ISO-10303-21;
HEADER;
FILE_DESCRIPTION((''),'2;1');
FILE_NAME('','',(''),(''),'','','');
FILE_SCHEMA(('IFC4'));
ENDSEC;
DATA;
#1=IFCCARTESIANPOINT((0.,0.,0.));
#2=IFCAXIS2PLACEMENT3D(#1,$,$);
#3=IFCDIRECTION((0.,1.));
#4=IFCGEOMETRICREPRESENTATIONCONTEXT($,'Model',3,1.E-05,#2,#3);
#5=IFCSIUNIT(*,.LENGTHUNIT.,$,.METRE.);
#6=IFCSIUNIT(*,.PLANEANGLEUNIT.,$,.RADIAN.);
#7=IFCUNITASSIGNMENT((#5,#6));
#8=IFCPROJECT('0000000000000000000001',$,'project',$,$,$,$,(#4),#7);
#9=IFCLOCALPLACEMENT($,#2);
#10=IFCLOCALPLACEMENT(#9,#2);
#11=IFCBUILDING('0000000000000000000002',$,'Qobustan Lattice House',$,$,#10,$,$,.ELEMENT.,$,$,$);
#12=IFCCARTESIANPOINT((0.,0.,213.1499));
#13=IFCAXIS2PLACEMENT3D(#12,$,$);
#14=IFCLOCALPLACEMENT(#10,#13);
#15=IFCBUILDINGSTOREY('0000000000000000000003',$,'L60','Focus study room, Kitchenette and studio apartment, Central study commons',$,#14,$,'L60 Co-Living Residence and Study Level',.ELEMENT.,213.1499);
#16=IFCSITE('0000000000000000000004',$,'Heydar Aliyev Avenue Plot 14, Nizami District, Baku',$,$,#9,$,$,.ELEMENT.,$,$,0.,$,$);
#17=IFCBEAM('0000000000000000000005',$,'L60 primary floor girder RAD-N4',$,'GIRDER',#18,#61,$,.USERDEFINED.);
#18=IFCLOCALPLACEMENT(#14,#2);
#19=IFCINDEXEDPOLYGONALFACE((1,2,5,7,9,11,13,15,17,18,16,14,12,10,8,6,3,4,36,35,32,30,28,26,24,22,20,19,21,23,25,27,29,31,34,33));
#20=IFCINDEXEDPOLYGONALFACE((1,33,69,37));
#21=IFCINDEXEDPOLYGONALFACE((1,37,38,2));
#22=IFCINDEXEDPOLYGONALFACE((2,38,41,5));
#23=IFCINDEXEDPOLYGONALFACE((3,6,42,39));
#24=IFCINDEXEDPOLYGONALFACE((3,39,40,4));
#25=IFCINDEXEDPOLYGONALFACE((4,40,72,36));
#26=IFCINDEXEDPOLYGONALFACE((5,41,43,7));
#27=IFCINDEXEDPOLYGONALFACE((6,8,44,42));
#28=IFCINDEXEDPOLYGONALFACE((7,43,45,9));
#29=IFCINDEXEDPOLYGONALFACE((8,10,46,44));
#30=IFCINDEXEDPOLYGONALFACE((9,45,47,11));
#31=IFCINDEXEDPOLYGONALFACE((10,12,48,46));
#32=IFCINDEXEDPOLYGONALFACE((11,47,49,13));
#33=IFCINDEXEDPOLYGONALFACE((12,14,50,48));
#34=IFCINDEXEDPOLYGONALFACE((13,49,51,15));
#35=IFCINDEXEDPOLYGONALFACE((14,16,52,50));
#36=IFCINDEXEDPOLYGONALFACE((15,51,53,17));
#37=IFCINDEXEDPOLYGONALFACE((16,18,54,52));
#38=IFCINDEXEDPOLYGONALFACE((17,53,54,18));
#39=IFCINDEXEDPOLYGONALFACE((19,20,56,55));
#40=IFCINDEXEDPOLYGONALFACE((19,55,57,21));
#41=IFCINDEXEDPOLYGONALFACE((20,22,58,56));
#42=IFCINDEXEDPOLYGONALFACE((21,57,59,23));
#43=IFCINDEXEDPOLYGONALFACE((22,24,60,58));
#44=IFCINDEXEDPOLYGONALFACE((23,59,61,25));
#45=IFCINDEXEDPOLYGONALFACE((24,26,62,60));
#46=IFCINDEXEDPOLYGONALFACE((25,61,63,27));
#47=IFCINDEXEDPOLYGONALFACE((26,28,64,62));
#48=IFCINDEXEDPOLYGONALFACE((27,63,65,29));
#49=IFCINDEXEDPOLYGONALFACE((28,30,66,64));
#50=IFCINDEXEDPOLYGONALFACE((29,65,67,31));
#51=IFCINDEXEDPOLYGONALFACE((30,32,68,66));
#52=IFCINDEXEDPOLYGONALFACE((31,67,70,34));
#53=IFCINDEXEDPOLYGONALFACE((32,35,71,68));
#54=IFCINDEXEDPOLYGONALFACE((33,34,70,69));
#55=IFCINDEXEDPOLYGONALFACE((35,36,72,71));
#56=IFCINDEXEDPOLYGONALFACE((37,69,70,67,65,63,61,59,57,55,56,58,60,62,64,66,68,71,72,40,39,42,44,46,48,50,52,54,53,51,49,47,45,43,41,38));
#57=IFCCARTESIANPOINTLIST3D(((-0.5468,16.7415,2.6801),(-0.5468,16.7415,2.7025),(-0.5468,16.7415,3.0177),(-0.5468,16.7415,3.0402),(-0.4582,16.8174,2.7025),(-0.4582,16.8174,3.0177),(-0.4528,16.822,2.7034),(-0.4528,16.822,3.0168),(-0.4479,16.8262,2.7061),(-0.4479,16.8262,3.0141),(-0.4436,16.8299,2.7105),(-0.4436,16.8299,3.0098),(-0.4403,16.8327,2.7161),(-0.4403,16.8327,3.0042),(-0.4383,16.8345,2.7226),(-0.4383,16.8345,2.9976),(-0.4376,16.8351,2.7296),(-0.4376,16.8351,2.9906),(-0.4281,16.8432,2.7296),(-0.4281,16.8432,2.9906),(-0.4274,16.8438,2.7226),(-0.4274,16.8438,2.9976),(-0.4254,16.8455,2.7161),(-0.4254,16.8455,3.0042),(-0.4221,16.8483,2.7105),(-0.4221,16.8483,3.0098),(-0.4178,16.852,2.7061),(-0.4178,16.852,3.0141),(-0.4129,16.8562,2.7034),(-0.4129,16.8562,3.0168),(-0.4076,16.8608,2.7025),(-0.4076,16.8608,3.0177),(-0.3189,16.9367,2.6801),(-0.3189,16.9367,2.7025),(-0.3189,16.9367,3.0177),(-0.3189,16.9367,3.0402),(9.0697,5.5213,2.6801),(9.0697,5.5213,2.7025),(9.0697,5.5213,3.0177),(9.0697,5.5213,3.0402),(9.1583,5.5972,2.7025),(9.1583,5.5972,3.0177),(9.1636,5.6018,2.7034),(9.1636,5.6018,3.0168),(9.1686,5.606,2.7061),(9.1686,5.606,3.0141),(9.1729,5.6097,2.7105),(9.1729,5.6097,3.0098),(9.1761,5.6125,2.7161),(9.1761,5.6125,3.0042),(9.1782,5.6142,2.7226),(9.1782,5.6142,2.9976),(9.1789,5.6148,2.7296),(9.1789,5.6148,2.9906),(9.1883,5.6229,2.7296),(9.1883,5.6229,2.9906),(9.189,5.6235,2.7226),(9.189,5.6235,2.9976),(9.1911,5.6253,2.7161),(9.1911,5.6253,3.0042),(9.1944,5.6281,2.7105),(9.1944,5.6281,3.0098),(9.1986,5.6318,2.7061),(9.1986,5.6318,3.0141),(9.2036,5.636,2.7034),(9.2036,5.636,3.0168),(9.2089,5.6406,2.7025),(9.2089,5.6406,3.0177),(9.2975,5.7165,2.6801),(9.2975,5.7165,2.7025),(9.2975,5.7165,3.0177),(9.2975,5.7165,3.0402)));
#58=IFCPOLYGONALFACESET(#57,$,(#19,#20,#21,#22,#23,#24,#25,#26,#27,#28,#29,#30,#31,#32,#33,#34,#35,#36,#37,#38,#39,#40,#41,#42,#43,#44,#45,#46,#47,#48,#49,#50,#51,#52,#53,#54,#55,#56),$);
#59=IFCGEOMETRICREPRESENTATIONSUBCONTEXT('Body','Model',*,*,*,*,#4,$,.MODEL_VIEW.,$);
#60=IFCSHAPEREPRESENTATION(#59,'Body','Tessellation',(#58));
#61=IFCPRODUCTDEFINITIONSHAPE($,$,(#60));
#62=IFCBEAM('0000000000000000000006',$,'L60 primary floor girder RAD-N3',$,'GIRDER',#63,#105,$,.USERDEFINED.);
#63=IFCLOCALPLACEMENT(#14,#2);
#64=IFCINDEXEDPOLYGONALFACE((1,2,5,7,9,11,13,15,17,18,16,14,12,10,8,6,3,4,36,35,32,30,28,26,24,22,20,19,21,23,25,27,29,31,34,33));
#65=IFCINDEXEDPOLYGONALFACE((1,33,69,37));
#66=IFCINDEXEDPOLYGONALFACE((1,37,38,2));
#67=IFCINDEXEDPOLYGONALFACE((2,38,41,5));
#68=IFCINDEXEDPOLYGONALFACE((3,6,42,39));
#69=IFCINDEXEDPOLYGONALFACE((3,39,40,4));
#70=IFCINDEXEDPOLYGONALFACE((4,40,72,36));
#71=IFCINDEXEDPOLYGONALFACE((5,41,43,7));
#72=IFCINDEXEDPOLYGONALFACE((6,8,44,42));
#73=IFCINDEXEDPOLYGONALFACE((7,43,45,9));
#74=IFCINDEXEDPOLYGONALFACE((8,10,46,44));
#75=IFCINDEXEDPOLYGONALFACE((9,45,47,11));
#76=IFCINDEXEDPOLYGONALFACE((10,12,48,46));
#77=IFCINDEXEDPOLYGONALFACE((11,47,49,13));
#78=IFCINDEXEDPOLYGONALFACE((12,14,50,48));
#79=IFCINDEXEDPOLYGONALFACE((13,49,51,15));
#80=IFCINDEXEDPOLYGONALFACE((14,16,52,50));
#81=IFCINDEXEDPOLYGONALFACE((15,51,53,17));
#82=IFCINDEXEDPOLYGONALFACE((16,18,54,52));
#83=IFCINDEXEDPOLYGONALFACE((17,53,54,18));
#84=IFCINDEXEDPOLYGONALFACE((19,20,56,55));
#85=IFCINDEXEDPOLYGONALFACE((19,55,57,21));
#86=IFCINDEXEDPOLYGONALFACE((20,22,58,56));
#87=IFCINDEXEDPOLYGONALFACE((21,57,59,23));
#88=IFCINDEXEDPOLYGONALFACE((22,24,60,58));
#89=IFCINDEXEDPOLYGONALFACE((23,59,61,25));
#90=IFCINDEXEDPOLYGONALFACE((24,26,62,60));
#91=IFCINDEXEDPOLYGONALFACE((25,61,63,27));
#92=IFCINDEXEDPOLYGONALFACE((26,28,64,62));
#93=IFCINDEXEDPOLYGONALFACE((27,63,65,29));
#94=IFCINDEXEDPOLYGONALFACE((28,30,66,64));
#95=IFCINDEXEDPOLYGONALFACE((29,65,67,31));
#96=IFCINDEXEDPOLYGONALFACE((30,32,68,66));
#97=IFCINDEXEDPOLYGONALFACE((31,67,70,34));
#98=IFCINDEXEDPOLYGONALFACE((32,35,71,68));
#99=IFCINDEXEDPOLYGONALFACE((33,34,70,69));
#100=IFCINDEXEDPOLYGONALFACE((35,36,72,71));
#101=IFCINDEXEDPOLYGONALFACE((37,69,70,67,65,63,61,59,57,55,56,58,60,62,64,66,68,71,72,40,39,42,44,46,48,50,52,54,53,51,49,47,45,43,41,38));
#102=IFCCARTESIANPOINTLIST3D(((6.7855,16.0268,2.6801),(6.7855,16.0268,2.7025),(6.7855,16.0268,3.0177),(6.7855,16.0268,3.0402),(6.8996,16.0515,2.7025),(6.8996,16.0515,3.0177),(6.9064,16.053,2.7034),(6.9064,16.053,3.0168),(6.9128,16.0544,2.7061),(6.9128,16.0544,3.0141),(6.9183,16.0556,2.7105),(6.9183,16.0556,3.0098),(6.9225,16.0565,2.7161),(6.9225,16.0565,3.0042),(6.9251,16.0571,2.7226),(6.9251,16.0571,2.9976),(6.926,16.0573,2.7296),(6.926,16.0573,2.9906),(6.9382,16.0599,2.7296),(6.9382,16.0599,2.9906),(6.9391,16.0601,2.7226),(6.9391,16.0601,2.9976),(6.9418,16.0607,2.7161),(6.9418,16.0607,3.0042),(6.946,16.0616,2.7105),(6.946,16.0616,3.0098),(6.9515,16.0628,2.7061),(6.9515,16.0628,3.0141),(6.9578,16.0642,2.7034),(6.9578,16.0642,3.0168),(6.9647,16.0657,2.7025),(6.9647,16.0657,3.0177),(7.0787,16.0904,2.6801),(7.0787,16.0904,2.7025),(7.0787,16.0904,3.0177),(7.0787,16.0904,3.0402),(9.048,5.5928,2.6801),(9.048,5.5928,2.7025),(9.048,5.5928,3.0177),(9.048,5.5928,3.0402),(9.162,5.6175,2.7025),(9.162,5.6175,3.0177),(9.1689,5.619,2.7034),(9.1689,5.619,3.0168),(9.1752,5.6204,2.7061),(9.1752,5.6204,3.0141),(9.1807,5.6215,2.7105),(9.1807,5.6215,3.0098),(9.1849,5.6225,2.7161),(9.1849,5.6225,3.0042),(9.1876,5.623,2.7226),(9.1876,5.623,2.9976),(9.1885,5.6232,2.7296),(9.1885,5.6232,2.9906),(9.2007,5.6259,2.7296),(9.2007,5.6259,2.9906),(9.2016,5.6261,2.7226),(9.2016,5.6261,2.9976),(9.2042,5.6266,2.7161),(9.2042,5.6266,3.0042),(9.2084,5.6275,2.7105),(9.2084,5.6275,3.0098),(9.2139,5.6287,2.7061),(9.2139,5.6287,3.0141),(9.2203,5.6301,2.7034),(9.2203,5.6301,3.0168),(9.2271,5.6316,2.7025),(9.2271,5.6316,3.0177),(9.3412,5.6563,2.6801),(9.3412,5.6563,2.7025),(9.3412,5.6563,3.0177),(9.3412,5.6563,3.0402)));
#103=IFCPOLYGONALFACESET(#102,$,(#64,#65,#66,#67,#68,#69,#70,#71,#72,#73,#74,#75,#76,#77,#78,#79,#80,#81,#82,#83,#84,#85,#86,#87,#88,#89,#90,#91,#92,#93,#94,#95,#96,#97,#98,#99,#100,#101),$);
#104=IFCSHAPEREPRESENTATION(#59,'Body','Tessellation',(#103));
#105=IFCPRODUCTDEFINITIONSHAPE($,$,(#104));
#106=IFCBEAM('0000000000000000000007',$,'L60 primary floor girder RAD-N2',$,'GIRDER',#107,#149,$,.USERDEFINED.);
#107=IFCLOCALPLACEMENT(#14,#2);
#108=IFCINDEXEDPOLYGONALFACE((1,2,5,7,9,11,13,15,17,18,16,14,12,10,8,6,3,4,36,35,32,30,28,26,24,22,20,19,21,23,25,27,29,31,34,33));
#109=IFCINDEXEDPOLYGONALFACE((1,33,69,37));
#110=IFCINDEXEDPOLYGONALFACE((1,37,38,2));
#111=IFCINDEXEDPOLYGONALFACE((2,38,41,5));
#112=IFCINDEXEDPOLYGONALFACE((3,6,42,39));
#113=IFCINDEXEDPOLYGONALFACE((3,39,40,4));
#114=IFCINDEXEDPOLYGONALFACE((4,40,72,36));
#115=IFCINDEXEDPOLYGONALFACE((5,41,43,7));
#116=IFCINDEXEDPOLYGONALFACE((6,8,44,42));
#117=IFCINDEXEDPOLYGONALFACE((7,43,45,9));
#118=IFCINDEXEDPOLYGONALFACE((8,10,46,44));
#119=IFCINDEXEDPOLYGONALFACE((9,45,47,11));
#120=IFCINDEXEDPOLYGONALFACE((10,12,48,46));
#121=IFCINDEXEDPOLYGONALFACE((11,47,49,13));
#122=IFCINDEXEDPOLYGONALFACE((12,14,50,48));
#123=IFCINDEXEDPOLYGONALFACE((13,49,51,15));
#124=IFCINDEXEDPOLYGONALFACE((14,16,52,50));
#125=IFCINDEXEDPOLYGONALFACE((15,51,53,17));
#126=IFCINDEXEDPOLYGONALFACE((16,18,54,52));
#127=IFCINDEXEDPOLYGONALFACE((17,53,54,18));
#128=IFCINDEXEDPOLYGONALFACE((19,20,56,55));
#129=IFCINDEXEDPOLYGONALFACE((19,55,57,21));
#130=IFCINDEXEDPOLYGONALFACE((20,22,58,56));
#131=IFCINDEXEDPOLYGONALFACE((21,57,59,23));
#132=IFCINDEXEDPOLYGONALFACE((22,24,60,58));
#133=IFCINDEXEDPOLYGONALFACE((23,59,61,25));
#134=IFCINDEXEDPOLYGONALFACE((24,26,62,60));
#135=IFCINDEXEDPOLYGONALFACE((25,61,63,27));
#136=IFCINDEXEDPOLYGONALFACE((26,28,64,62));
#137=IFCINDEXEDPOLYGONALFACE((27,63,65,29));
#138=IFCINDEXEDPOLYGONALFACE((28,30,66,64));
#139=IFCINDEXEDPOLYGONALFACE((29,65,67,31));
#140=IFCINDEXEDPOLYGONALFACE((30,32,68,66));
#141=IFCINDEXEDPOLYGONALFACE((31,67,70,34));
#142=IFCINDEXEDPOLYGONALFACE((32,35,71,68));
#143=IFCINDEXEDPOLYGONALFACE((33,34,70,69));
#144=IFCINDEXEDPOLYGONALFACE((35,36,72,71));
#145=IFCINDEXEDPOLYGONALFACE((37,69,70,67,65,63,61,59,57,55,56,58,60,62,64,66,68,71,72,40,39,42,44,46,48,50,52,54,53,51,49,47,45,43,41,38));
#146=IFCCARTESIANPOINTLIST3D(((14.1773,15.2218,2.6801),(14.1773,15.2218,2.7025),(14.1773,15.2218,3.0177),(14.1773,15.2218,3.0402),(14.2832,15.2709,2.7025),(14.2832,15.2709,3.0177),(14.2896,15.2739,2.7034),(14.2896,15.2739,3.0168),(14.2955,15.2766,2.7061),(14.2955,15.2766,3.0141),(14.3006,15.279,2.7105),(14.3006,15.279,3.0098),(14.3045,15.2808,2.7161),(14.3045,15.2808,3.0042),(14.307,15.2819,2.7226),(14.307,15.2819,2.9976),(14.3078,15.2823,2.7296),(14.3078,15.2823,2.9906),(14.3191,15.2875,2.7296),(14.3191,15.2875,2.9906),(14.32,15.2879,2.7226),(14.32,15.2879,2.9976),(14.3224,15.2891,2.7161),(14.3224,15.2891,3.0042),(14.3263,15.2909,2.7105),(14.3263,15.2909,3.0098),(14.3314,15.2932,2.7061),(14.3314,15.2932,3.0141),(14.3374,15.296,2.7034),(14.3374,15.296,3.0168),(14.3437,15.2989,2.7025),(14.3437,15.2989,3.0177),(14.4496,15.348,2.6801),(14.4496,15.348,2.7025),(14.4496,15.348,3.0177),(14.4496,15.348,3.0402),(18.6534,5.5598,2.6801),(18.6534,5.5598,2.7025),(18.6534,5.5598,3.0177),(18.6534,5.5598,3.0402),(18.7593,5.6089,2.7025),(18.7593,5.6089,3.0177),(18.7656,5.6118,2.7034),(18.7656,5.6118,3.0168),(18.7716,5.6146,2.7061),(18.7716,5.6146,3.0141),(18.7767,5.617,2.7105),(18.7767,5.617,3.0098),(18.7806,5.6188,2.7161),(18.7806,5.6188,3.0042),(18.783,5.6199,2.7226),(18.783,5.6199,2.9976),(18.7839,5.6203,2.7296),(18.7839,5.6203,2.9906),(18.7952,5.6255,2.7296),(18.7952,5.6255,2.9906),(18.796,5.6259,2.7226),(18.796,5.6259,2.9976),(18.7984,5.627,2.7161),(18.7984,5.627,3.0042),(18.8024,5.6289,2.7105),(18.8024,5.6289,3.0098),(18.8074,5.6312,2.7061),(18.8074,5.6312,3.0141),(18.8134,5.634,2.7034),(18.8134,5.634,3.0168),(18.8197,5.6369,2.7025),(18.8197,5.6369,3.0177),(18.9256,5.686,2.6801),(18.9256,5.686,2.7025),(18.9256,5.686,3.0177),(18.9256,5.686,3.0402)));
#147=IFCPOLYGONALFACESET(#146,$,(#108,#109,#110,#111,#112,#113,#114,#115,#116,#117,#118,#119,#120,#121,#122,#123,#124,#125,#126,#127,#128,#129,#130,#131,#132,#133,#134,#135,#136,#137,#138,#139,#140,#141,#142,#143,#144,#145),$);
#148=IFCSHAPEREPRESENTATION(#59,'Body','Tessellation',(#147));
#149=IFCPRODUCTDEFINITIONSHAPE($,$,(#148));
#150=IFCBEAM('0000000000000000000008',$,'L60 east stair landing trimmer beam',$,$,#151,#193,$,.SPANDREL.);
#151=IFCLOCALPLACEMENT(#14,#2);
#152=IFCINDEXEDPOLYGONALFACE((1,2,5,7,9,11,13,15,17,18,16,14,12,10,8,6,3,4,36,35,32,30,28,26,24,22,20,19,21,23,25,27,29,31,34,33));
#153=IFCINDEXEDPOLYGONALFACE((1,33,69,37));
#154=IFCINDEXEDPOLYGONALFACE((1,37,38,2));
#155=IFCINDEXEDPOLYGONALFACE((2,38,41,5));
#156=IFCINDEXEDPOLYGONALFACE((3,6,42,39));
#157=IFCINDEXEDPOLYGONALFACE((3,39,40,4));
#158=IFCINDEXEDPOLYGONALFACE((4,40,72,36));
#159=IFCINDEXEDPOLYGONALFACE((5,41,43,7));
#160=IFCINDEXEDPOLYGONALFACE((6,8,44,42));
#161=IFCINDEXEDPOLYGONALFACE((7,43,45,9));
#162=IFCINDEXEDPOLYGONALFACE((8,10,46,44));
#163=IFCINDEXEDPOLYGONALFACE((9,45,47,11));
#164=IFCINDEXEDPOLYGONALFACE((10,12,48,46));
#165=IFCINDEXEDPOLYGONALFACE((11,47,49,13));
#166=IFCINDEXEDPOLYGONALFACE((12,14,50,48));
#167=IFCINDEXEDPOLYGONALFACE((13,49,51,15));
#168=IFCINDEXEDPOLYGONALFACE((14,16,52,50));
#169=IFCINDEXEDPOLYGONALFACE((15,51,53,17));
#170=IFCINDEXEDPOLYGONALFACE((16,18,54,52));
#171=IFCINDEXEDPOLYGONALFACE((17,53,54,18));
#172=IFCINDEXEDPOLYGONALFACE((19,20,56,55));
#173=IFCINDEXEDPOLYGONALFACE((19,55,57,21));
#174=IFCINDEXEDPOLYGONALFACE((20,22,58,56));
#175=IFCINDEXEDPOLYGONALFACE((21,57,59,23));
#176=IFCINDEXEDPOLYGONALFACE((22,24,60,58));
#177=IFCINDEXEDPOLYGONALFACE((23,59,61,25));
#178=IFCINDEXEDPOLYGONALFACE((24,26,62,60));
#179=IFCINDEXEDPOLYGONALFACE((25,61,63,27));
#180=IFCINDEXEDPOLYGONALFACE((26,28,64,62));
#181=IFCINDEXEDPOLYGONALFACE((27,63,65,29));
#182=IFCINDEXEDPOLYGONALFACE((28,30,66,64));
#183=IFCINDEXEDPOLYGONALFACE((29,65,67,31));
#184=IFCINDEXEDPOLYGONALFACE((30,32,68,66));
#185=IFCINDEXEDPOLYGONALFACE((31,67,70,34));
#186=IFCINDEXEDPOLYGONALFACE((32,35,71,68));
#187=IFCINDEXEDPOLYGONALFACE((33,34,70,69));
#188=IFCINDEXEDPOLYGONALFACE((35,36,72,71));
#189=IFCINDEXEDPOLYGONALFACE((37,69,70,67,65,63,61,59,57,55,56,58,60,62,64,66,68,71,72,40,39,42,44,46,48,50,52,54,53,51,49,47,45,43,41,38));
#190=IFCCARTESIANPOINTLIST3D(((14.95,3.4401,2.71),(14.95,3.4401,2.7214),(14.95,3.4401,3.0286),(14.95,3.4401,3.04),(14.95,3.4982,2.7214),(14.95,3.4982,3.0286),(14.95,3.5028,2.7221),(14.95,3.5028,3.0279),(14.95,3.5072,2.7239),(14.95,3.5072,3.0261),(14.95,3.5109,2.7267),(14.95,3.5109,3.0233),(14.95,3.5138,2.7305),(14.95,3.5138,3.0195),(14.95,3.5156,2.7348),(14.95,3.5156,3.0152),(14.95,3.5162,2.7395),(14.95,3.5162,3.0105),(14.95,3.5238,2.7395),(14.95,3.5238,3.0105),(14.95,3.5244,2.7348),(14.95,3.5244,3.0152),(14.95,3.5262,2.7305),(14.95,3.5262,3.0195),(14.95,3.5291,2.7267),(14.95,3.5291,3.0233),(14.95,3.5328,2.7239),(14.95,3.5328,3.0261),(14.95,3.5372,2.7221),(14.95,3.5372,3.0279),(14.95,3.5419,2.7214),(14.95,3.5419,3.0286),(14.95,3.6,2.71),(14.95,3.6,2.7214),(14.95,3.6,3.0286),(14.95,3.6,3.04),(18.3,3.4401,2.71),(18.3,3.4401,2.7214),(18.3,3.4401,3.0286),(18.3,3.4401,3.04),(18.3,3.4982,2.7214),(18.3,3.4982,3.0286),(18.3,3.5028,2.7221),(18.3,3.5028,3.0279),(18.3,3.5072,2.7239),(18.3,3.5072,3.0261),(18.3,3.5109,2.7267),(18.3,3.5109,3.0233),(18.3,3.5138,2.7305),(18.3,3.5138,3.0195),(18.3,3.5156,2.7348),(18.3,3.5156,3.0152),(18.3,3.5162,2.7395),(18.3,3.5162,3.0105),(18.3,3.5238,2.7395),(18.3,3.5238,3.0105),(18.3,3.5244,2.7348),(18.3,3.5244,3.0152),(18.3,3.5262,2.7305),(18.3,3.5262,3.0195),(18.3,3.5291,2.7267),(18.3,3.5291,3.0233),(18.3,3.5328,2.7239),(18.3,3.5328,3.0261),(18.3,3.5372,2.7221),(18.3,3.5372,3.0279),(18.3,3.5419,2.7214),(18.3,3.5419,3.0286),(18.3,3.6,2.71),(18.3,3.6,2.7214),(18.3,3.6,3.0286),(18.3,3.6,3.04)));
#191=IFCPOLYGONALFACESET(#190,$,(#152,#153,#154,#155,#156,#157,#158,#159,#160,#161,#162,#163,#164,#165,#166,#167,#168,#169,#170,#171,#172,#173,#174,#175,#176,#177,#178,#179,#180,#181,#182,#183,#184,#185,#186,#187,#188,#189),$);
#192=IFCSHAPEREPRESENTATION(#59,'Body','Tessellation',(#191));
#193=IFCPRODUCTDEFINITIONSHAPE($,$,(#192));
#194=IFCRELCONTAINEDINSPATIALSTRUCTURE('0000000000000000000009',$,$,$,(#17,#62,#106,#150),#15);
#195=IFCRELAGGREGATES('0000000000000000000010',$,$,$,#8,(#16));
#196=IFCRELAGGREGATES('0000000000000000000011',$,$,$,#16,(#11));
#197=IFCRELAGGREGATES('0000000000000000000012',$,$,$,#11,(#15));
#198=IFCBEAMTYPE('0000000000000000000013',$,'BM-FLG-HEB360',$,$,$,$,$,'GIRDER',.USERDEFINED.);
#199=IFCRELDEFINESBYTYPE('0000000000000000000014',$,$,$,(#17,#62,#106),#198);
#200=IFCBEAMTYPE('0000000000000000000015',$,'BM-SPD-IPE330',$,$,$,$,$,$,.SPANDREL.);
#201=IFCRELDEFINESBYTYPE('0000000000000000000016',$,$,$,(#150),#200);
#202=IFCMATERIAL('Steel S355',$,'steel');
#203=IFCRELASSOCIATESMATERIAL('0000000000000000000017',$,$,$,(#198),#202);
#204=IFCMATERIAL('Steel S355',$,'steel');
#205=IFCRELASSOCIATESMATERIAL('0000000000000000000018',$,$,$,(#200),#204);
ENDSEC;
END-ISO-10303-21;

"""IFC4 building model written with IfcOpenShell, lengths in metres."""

from ifc_helpers import new_model, si_unit, direction, frame, origin, origin_2d, place, context, subcontext, project, spatial, i_section, extrude, material, material_profile, profile_set, type_object, element, save


model = new_model("IFC4")

# Units and contexts
model_context = context("Model", 3, precision=1e-05, world=origin(), true_north=direction((0.0, 1.0)))
body_context = subcontext(model_context, "Body", "Model", "MODEL_VIEW")
ifc_project = project(units=[si_unit("LENGTHUNIT", "METRE"), si_unit("PLANEANGLEUNIT", "RADIAN")], contexts=[model_context])

# Site, building, storey
site_placement = place(None, origin())
site = spatial("IfcSite", under=ifc_project, at=site_placement, Name="Heydar Aliyev Avenue Plot 14, Nizami District, Baku", CompositionType="ELEMENT", RefElevation=0.0)
building_placement = place(site_placement, origin())
building = spatial("IfcBuilding", under=site, at=building_placement, Name="Qobustan Lattice House", CompositionType="ELEMENT")
storey_placement = place(building_placement, frame((0.0, 0.0, 213.1499)))
storey = spatial("IfcBuildingStorey", under=building, at=storey_placement, Name="L60", Description="Focus study room, Kitchenette and studio apartment, Central study commons", LongName="L60 Co-Living Residence and Study Level", CompositionType="ELEMENT", Elevation=213.1499)

# Beams
ifc_material_1 = material(Name="Steel S355", Category="steel")
ifc_material_profile_1 = material_profile(ifc_material_1, i_section(OverallWidth=0.3, OverallDepth=0.3601, WebThickness=0.0125, FlangeThickness=0.0225, FilletRadius=0.0271, at=origin_2d()), Name="HEB360")
ifc_profile_set_1 = profile_set([ifc_material_profile_1], Name="Steel S355")
beam_type_1 = type_object("IfcBeamType", Name="BM-FLG-HEB360", ElementType="GIRDER", PredefinedType="USERDEFINED", material=ifc_profile_set_1)
beam_1_placement = place(storey_placement, frame((-0.4329, 16.8391, 2.8601), z_axis=(0.650757, -0.759286, 0.0), x_axis=(0.759286, 0.650757, 0.0)))
element("IfcBeam", 1, at=beam_1_placement, inside=storey, type_object=beam_type_1, Name="L60 primary floor girder RAD-N4", ObjectType="GIRDER", PredefinedType="USERDEFINED", context=body_context, shape_type="SweptSolid", body=[
    extrude(i_section(OverallWidth=0.3, OverallDepth=0.3601, WebThickness=0.0125, FlangeThickness=0.0225, FilletRadius=0.0271, at=origin_2d()), origin(), (0.0, 0.0, 1.0), 14.7773),
])
beam_2_placement = place(storey_placement, frame((6.9321, 16.0586, 2.8601), z_axis=(0.211908, -0.97729, 0.0), x_axis=(0.97729, 0.211908, 0.0)))
element("IfcBeam", 2, at=beam_2_placement, inside=storey, type_object=beam_type_1, Name="L60 primary floor girder RAD-N3", ObjectType="GIRDER", PredefinedType="USERDEFINED", context=body_context, shape_type="SweptSolid", body=[
    extrude(i_section(OverallWidth=0.3, OverallDepth=0.3601, WebThickness=0.0125, FlangeThickness=0.0225, FilletRadius=0.0271, at=origin_2d()), origin(), (0.0, 0.0, 1.0), 10.6765),
])
beam_3_placement = place(storey_placement, frame((14.3135, 15.2849, 2.8601), z_axis=(0.420346, -0.907364, 0.0), x_axis=(0.907364, 0.420346, 0.0)))
element("IfcBeam", 3, at=beam_3_placement, inside=storey, type_object=beam_type_1, Name="L60 primary floor girder RAD-N2", ObjectType="GIRDER", PredefinedType="USERDEFINED", context=body_context, shape_type="SweptSolid", body=[
    extrude(i_section(OverallWidth=0.3, OverallDepth=0.3601, WebThickness=0.0125, FlangeThickness=0.0225, FilletRadius=0.0271, at=origin_2d()), origin(), (0.0, 0.0, 1.0), 10.6484),
])
ifc_material_2 = material(Name="Steel S355", Category="steel")
ifc_material_profile_2 = material_profile(ifc_material_2, i_section(OverallWidth=0.1599, OverallDepth=0.3301, WebThickness=0.0076, FlangeThickness=0.0115, FilletRadius=0.0181, at=origin_2d()), Name="IPE330")
ifc_profile_set_2 = profile_set([ifc_material_profile_2], Name="Steel S355")
beam_type_2 = type_object("IfcBeamType", Name="BM-SPD-IPE330", PredefinedType="SPANDREL", material=ifc_profile_set_2)
beam_4_placement = place(storey_placement, frame((14.95, 3.52, 2.875), z_axis=(1.0, 0.0, 0.0), x_axis=(0.0, 1.0, 0.0)))
element("IfcBeam", 4, at=beam_4_placement, inside=storey, type_object=beam_type_2, Name="L60 east stair landing trimmer beam", PredefinedType="SPANDREL", context=body_context, shape_type="SweptSolid", body=[
    extrude(i_section(OverallWidth=0.1599, OverallDepth=0.3301, WebThickness=0.0076, FlangeThickness=0.0115, FilletRadius=0.0181, at=origin_2d()), origin(), (0.0, 0.0, 1.0), 3.3501),
])

save(model, "model.ifc")
